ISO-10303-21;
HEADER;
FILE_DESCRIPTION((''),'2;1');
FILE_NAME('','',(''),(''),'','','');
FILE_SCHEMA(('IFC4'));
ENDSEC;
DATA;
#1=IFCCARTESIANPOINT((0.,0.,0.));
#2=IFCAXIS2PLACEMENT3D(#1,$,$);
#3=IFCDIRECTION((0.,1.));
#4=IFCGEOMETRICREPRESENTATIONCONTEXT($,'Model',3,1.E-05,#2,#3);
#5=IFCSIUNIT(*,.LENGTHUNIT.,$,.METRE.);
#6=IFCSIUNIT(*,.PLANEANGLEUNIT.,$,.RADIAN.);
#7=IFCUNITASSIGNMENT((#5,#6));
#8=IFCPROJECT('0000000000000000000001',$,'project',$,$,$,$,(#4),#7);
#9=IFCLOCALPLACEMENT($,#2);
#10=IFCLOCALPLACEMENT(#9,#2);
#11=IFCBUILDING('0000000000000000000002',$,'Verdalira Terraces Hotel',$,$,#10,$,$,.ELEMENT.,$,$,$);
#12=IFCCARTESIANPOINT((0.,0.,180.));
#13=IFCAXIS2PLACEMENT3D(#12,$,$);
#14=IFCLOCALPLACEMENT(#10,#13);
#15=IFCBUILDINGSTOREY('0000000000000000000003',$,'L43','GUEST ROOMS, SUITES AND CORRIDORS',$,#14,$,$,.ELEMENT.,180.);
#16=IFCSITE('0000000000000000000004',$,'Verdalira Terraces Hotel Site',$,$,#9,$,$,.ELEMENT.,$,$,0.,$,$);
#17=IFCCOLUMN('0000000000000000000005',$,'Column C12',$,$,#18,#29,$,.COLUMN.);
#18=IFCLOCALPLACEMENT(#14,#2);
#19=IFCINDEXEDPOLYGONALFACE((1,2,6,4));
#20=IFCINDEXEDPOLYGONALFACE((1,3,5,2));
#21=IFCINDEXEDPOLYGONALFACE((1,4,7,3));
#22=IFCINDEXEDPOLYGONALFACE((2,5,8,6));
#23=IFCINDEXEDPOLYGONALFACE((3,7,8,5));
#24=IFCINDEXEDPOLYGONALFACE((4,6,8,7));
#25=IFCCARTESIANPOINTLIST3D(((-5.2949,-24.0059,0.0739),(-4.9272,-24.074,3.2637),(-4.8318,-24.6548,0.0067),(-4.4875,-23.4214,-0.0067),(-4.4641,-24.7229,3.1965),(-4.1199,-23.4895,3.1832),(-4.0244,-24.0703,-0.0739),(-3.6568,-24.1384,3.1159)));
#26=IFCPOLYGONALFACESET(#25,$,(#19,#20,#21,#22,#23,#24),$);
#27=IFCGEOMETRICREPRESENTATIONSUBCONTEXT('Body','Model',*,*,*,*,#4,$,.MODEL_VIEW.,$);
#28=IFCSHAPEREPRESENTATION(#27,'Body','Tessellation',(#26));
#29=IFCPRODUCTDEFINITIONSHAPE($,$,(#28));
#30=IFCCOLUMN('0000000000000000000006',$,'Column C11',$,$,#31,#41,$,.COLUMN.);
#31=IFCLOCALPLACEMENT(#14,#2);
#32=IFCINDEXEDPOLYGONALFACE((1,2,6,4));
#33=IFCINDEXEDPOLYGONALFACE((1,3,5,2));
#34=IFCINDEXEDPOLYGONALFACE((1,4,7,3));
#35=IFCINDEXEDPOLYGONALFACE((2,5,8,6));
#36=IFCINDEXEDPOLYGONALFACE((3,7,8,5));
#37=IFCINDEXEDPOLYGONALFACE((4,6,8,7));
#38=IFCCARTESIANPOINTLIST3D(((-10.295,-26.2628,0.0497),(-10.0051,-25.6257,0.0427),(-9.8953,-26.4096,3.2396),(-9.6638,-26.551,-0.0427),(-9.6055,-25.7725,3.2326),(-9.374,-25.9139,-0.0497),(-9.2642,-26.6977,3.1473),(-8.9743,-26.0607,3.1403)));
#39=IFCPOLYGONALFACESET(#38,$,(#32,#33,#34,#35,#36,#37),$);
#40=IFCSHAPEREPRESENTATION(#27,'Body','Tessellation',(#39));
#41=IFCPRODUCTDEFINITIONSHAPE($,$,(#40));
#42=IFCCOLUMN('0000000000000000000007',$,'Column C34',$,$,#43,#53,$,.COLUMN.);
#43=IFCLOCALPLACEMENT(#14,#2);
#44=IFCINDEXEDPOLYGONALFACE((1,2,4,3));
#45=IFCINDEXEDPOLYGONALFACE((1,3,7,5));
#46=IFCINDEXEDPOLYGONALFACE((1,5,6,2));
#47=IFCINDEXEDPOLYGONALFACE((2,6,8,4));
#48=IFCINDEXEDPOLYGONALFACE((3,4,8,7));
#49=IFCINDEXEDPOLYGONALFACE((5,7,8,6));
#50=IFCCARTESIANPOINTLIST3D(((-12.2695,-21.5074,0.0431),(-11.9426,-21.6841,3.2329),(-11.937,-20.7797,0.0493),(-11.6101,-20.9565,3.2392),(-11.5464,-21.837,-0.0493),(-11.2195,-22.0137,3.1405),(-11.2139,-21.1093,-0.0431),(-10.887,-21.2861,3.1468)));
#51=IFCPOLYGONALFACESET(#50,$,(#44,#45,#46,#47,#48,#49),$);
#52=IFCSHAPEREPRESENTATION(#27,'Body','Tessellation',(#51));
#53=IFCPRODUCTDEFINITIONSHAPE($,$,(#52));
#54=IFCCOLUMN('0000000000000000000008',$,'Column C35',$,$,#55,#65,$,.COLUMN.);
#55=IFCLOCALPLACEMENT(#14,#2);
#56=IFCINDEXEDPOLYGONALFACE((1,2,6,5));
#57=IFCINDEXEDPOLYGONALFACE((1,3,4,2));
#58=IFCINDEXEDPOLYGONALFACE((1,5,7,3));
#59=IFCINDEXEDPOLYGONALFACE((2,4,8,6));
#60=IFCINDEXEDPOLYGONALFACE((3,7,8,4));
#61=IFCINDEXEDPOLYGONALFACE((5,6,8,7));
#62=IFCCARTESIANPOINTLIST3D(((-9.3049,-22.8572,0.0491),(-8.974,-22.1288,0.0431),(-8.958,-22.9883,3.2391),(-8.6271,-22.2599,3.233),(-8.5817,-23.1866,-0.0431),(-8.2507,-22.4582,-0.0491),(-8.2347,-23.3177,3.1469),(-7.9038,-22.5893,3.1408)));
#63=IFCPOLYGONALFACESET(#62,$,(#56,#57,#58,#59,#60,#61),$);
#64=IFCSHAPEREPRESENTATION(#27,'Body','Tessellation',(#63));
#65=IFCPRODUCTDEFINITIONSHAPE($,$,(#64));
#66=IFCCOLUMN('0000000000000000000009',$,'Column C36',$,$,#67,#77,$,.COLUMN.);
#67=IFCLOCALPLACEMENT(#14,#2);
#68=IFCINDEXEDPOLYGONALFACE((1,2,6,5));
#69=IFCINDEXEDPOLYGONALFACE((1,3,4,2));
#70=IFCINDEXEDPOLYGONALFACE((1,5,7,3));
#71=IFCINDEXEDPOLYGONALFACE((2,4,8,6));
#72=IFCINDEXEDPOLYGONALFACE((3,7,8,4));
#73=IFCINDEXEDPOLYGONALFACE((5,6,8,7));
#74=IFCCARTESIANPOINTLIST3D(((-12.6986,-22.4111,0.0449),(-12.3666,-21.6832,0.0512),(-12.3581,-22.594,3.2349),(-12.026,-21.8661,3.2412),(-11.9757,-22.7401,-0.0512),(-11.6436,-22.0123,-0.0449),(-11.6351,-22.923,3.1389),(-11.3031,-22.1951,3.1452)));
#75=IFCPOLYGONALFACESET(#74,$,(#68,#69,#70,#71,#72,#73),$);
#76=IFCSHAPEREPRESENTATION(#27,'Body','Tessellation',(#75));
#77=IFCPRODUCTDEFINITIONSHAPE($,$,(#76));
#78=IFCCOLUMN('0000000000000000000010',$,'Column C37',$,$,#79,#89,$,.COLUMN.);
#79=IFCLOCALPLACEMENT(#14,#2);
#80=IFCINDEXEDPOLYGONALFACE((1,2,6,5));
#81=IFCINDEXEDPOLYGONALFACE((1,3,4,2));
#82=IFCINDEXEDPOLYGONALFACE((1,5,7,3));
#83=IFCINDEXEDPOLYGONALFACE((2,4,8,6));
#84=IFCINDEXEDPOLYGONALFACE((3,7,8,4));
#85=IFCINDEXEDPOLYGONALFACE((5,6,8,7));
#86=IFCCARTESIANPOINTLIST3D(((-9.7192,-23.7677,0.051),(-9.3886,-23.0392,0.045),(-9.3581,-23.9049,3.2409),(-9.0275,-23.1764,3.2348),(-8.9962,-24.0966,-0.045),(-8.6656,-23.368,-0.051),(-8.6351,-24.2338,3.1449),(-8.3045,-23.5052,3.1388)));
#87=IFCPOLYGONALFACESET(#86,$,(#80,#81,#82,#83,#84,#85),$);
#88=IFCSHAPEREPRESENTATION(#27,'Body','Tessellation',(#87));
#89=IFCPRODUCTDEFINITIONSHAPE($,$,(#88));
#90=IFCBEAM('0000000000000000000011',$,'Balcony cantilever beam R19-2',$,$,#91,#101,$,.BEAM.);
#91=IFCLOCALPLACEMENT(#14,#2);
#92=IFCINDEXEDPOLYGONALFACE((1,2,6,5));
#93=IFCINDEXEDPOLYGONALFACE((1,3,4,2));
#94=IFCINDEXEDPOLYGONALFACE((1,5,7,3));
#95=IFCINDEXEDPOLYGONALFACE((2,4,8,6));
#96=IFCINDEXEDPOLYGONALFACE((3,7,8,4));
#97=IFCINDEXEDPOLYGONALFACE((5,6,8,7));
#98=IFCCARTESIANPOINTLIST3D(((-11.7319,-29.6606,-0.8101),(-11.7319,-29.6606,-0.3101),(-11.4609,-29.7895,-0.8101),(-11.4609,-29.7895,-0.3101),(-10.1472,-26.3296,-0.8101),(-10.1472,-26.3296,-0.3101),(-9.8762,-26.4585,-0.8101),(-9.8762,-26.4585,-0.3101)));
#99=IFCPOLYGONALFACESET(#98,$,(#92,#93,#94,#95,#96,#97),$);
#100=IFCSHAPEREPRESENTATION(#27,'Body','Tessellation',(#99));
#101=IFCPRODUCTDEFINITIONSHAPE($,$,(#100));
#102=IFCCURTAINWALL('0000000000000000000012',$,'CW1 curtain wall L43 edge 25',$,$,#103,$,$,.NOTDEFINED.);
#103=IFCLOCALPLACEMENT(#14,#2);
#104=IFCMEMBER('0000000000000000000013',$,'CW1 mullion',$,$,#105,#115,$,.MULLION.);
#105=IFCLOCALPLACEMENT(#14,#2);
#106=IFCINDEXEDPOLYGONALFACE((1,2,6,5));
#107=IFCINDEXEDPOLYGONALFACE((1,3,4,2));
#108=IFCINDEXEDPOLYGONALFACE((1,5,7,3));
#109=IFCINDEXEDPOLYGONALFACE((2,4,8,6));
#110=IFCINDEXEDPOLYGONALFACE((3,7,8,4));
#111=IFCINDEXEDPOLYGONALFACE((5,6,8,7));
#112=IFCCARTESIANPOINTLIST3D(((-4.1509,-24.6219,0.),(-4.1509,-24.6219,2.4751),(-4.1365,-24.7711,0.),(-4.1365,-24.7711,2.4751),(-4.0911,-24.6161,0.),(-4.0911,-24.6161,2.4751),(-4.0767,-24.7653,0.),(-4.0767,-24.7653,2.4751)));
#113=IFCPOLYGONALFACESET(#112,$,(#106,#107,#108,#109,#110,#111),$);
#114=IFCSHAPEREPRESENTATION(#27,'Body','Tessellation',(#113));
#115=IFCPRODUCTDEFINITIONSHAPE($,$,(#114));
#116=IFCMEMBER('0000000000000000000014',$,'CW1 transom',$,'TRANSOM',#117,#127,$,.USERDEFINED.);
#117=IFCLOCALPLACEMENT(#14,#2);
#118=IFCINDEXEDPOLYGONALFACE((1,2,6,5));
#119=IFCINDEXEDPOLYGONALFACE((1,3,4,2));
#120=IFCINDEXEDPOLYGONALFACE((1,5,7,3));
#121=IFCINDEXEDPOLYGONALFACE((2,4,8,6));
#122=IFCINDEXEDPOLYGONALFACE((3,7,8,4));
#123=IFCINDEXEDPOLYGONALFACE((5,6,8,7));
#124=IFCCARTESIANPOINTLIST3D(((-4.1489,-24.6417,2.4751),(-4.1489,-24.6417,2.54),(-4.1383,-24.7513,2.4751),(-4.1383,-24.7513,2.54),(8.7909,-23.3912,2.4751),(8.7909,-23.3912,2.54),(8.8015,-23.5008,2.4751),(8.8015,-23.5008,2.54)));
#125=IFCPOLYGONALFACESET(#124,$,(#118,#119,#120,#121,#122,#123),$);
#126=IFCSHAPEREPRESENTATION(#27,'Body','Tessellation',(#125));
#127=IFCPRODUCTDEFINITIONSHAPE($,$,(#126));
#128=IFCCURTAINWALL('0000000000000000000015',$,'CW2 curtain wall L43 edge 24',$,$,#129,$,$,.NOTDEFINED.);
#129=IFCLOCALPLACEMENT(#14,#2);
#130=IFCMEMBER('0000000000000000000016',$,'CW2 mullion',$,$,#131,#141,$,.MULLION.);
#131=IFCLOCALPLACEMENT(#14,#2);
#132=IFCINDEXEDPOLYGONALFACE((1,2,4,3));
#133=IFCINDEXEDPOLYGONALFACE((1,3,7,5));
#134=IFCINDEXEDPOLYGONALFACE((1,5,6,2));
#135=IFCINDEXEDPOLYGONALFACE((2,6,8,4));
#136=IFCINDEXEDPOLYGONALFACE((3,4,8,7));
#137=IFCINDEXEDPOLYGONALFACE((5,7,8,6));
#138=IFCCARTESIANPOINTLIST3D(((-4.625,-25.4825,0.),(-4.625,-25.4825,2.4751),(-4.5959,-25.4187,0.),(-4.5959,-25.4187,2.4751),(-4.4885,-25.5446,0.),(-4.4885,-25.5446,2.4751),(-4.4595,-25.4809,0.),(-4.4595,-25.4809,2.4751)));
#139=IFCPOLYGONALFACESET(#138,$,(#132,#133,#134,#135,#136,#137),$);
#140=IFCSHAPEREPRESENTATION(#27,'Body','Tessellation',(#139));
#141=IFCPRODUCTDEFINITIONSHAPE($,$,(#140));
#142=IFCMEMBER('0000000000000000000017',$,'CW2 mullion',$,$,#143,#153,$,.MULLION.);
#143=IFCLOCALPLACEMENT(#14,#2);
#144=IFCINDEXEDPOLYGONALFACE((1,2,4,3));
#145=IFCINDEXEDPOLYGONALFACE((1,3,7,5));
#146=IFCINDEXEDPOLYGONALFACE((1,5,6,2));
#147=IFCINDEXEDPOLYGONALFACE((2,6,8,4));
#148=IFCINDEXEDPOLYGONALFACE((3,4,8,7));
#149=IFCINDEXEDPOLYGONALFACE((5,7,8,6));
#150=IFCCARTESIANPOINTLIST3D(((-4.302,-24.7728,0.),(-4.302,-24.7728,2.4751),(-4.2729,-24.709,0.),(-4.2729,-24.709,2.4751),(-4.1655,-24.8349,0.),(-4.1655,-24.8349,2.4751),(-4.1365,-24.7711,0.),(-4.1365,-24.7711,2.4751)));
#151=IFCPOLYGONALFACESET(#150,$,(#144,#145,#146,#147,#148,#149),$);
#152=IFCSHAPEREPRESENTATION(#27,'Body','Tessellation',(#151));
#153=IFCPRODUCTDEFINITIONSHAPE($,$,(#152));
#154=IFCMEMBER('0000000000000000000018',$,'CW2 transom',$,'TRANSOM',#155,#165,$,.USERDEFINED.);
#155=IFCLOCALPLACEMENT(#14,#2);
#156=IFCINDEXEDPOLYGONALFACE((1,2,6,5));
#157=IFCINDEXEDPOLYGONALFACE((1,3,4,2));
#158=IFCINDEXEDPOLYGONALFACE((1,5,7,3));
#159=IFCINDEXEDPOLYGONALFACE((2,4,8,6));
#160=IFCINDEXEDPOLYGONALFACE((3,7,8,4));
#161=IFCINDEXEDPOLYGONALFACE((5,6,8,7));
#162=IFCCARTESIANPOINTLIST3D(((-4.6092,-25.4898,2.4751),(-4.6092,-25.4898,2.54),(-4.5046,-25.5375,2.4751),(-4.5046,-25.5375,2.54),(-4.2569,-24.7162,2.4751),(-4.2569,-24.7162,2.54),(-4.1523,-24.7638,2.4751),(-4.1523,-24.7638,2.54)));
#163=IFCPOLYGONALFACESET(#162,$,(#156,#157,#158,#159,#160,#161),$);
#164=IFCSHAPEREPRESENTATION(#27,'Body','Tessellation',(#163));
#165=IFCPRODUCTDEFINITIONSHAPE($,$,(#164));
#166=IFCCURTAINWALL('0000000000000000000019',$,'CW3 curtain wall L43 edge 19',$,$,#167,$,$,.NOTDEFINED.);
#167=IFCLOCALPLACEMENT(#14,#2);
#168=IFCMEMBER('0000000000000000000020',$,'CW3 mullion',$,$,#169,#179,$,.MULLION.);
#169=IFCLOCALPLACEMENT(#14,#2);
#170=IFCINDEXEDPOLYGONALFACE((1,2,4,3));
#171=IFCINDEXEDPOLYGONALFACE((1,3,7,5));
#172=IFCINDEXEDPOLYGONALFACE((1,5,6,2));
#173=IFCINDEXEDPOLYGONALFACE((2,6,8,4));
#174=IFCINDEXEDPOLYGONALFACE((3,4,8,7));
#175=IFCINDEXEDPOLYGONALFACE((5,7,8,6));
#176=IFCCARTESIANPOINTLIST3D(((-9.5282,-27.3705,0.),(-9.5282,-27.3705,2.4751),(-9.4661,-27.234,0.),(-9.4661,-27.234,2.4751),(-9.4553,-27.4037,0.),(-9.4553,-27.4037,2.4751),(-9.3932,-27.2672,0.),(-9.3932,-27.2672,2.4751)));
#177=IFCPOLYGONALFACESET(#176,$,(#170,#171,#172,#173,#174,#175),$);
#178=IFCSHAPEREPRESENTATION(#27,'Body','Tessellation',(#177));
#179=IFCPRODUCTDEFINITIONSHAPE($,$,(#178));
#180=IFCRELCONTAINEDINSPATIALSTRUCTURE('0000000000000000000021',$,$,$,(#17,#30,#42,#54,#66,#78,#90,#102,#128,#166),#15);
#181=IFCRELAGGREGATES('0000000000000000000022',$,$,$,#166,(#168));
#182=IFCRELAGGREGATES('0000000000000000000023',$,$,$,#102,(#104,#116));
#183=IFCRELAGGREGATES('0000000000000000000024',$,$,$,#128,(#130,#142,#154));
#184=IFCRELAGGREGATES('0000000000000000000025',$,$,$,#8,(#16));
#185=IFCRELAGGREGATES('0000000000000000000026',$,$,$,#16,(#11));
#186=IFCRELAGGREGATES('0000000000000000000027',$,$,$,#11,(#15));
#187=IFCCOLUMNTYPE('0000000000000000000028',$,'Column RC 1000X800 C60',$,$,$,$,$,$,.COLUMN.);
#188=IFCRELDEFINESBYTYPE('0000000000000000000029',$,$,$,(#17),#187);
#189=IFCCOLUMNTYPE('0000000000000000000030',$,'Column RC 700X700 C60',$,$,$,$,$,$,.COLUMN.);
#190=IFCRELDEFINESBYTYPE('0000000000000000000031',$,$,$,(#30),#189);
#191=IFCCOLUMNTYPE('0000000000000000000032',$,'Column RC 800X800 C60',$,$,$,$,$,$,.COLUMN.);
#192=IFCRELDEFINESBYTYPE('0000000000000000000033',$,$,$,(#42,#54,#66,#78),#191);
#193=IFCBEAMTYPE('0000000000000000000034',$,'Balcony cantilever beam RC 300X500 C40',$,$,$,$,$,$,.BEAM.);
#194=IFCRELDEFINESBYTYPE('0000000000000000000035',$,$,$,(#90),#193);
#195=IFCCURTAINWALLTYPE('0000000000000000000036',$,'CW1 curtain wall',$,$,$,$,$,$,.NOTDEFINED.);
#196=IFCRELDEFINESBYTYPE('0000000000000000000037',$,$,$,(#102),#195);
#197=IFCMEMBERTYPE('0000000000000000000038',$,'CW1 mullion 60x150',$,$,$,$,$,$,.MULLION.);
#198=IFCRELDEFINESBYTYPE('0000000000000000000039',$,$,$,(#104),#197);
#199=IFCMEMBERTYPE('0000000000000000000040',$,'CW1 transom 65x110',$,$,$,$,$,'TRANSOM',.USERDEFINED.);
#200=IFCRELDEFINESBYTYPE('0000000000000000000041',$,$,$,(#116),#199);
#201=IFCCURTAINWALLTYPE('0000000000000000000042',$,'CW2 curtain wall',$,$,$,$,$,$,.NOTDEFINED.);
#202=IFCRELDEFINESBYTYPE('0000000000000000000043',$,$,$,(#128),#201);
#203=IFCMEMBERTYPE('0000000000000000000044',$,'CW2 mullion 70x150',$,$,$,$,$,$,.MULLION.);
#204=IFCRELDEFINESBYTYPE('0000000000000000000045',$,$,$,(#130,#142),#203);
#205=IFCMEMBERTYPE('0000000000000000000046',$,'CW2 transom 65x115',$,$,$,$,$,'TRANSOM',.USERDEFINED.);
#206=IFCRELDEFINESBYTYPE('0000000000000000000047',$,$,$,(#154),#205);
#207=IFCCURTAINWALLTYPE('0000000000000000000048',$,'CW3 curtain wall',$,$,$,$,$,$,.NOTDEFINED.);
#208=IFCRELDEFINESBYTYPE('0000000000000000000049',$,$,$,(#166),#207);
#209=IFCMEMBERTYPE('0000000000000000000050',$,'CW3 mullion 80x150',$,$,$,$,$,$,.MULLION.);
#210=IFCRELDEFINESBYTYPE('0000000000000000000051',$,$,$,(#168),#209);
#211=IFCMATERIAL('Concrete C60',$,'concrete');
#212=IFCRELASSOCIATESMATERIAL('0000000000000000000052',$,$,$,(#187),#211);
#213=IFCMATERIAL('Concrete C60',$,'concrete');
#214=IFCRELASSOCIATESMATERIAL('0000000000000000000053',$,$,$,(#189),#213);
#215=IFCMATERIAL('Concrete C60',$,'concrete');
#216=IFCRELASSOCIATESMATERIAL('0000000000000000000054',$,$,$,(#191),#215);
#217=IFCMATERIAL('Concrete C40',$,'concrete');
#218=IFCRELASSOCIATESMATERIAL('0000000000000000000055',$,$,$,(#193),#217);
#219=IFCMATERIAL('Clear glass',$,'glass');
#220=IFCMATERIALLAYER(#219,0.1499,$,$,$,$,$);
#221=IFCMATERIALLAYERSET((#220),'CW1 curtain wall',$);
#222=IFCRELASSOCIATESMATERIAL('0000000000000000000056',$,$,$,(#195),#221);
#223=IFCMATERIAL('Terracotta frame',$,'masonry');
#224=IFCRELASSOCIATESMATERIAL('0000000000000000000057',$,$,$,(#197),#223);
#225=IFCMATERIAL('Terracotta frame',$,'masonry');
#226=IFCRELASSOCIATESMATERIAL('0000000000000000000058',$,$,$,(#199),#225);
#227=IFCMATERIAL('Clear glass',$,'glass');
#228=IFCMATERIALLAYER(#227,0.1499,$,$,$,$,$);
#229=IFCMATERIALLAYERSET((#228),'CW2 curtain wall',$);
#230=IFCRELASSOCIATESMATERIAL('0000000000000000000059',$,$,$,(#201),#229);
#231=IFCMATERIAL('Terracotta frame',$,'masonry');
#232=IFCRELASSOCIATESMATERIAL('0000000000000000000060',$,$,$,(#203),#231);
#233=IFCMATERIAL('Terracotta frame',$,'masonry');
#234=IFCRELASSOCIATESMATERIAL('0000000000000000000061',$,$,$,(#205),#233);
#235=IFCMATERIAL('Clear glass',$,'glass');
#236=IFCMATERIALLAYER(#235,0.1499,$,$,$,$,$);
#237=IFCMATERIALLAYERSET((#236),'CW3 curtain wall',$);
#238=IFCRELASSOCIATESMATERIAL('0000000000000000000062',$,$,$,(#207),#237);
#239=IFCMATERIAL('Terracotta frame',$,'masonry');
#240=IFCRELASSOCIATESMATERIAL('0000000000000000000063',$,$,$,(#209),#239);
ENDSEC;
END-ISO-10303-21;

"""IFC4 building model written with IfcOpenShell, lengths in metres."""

from ifc_helpers import new_model, si_unit, direction, frame, origin, origin_2d, place, context, subcontext, project, spatial, rectangle, extrude, material, layer, layer_set, material_profile, profile_set, type_object, element, aggregate, save


model = new_model("IFC4")

# Units and contexts
model_context = context("Model", 3, precision=1e-05, world=origin(), true_north=direction((0.0, 1.0)))
body_context = subcontext(model_context, "Body", "Model", "MODEL_VIEW")
ifc_project = project(units=[si_unit("LENGTHUNIT", "METRE"), si_unit("PLANEANGLEUNIT", "RADIAN")], contexts=[model_context])

# Site, building, storey
site_placement = place(None, origin())
site = spatial("IfcSite", under=ifc_project, at=site_placement, Name="Verdalira Terraces Hotel Site", CompositionType="ELEMENT", RefElevation=0.0)
building_placement = place(site_placement, origin())
building = spatial("IfcBuilding", under=site, at=building_placement, Name="Verdalira Terraces Hotel", CompositionType="ELEMENT")
storey_placement = place(building_placement, frame((0.0, 0.0, 180.0)))
storey = spatial("IfcBuildingStorey", under=building, at=storey_placement, Name="L43", Description="GUEST ROOMS, SUITES AND CORRIDORS", CompositionType="ELEMENT", Elevation=180.0)

# Columns
ifc_material_1 = material(Name="Concrete C60", Category="concrete")
ifc_material_profile_1 = material_profile(ifc_material_1, rectangle(XDim=1.0, YDim=0.8, at=origin_2d()), Name="RC 1000X800")
ifc_profile_set_1 = profile_set([ifc_material_profile_1], Name="Concrete C60")
column_type_1 = type_object("IfcColumnType", Name="Column RC 1000X800 C60", PredefinedType="COLUMN", material=ifc_profile_set_1)
column_1_placement = place(storey_placement, frame((-4.6597, -24.0381, 0.0), z_axis=(0.114477, -0.021208, 0.993199), x_axis=(-0.807353, -0.584542, 0.080574)))
element("IfcColumn", 1, at=column_1_placement, inside=storey, type_object=column_type_1, Name="Column C12", PredefinedType="COLUMN", context=body_context, shape_type="SweptSolid", body=[
    extrude(rectangle(XDim=1.0, YDim=0.8, at=origin_2d()), origin(), (0.0, 0.0, 1.0), 3.2117),
])
ifc_material_2 = material(Name="Concrete C60", Category="concrete")
ifc_material_profile_2 = material_profile(ifc_material_2, rectangle(XDim=0.7, YDim=0.7, at=origin_2d()), Name="RC 700X700")
ifc_profile_set_2 = profile_set([ifc_material_profile_2], Name="Concrete C60")
column_type_2 = type_object("IfcColumnType", Name="Column RC 700X700 C60", PredefinedType="COLUMN", material=ifc_profile_set_2)
column_2_placement = place(storey_placement, frame((-9.8345, -26.0884, 0.0), z_axis=(0.124186, -0.045593, 0.991211), x_axis=(0.901711, -0.411725, -0.131911)))
element("IfcColumn", 2, at=column_2_placement, inside=storey, type_object=column_type_2, Name="Column C11", PredefinedType="COLUMN", context=body_context, shape_type="SweptSolid", body=[
    extrude(rectangle(XDim=0.7, YDim=0.7, at=origin_2d()), origin(), (0.0, 0.0, 1.0), 3.2183),
])
ifc_material_3 = material(Name="Concrete C60", Category="concrete")
ifc_material_profile_3 = material_profile(ifc_material_3, rectangle(XDim=0.8, YDim=0.8, at=origin_2d()), Name="RC 800X800")
ifc_profile_set_3 = profile_set([ifc_material_profile_3], Name="Concrete C60")
column_type_3 = type_object("IfcColumnType", Name="Column RC 800X800 C60", PredefinedType="COLUMN", material=ifc_profile_set_3)
for number, where, z_axis, x_axis, name in (
    (3, (-11.7417, -21.3084, 0.0), (0.101791, -0.055039, 0.993282), (-0.41557, -0.909528, -0.00781), "Column C34"),
    (4, (-8.7778, -22.6577, 0.0), (0.108028, -0.040824, 0.993309), (-0.413639, -0.91041, 0.007569), "Column C35"),
):
    element("IfcColumn", number, at=place(storey_placement, frame(where, z_axis=z_axis, x_axis=x_axis)), inside=storey, type_object=column_type_3, Name=name, PredefinedType="COLUMN", context=body_context, shape_type="SweptSolid", body=[
        extrude(rectangle(XDim=0.8, YDim=0.8, at=origin_2d()), origin(), (0.0, 0.0, 1.0), 3.2114),
    ])
column_3_placement = place(storey_placement, frame((-12.1711, -22.2117, 0.0), z_axis=(0.10599, -0.056908, 0.992737), x_axis=(-0.415079, -0.909752, -0.007835)))
element("IfcColumn", 5, at=column_3_placement, inside=storey, type_object=column_type_3, Name="Column C36", PredefinedType="COLUMN", context=body_context, shape_type="SweptSolid", body=[
    extrude(rectangle(XDim=0.8, YDim=0.8, at=origin_2d()), origin(), (0.0, 0.0, 1.0), 3.2134),
])
column_4_placement = place(storey_placement, frame((-9.1924, -23.5679, 0.0), z_axis=(0.112374, -0.0427, 0.992748), x_axis=(-0.413188, -0.910614, 0.007603)))
element("IfcColumn", 6, at=column_4_placement, inside=storey, type_object=column_type_3, Name="Column C37", PredefinedType="COLUMN", context=body_context, shape_type="SweptSolid", body=[
    extrude(rectangle(XDim=0.8, YDim=0.8, at=origin_2d()), origin(), (0.0, 0.0, 1.0), 3.2131),
])

# Beam
ifc_material_4 = material(Name="Concrete C40", Category="concrete")
ifc_material_profile_4 = material_profile(ifc_material_4, rectangle(XDim=0.3, YDim=0.5, at=origin_2d()), Name="RC 300X500")
ifc_profile_set_4 = profile_set([ifc_material_profile_4], Name="Concrete C40")
beam_type_1 = type_object("IfcBeamType", Name="Balcony cantilever beam RC 300X500 C40", PredefinedType="BEAM", material=ifc_profile_set_4)
beam_1_placement = place(storey_placement, frame((-10.0117, -26.394, -0.5601), z_axis=(-0.429602, -0.903018, 0.0), x_axis=(0.903018, -0.429602, 0.0)))
element("IfcBeam", 7, at=beam_1_placement, inside=storey, type_object=beam_type_1, Name="Balcony cantilever beam R19-2", PredefinedType="BEAM", context=body_context, shape_type="SweptSolid", body=[
    extrude(rectangle(XDim=0.3, YDim=0.5, at=origin_2d()), origin(), (0.0, 0.0, 1.0), 3.6887),
])

# Curtain walls, members
ifc_material_5 = material(Name="Clear glass", Category="glass")
ifc_layer_1 = layer(ifc_material_5, 0.1499)
ifc_layer_set_1 = layer_set([ifc_layer_1], Name="CW1 curtain wall")
curtain_wall_type_1 = type_object("IfcCurtainWallType", Name="CW1 curtain wall", PredefinedType="NOTDEFINED", material=ifc_layer_set_1)
curtain_wall_1_placement = place(storey_placement, origin())
curtain_wall_1 = element("IfcCurtainWall", 8, at=curtain_wall_1_placement, inside=storey, type_object=curtain_wall_type_1, Name="CW1 curtain wall L43 edge 25", PredefinedType="NOTDEFINED")
ifc_material_6 = material(Name="Terracotta frame", Category="masonry")
ifc_material_profile_5 = material_profile(ifc_material_6, rectangle(XDim=0.0601, YDim=0.1499, at=origin_2d()), Name="MU 60x150")
ifc_profile_set_5 = profile_set([ifc_material_profile_5], Name="Terracotta frame")
member_type_1 = type_object("IfcMemberType", Name="CW1 mullion 60x150", PredefinedType="MULLION", material=ifc_profile_set_5)
member_1_placement = place(storey_placement, frame((-4.1138, -24.6936, 0.0), z_axis=(0.0, 0.0, 1.0), x_axis=(0.995363, 0.096193, 0.0)))
member_1 = element("IfcMember", 9, at=member_1_placement, type_object=member_type_1, Name="CW1 mullion", PredefinedType="MULLION", context=body_context, shape_type="SweptSolid", body=[
    extrude(rectangle(XDim=0.0601, YDim=0.1499, at=origin_2d()), origin(), (0.0, 0.0, 1.0), 2.4751),
])
ifc_material_7 = material(Name="Terracotta frame", Category="masonry")
ifc_material_profile_6 = material_profile(ifc_material_7, rectangle(XDim=0.1101, YDim=0.0649, at=origin_2d()), Name="TR 65x110")
ifc_profile_set_6 = profile_set([ifc_material_profile_6], Name="Terracotta frame")
member_type_2 = type_object("IfcMemberType", Name="CW1 transom 65x110", ElementType="TRANSOM", PredefinedType="USERDEFINED", material=ifc_profile_set_6)
member_2_placement = place(storey_placement, frame((-4.1436, -24.6965, 2.5076), z_axis=(0.995363, 0.096192, 0.0), x_axis=(-0.096192, 0.995363, 0.0)))
member_2 = element("IfcMember", 10, at=member_2_placement, type_object=member_type_2, Name="CW1 transom", ObjectType="TRANSOM", PredefinedType="USERDEFINED", context=body_context, shape_type="SweptSolid", body=[
    extrude(rectangle(XDim=0.1101, YDim=0.0649, at=origin_2d()), origin(), (0.0, 0.0, 1.0), 13.0),
])
ifc_material_8 = material(Name="Clear glass", Category="glass")
ifc_layer_2 = layer(ifc_material_8, 0.1499)
ifc_layer_set_2 = layer_set([ifc_layer_2], Name="CW2 curtain wall")
curtain_wall_type_2 = type_object("IfcCurtainWallType", Name="CW2 curtain wall", PredefinedType="NOTDEFINED", material=ifc_layer_set_2)
curtain_wall_2_placement = place(storey_placement, origin())
curtain_wall_2 = element("IfcCurtainWall", 11, at=curtain_wall_2_placement, inside=storey, type_object=curtain_wall_type_2, Name="CW2 curtain wall L43 edge 24", PredefinedType="NOTDEFINED")
ifc_material_9 = material(Name="Terracotta frame", Category="masonry")
ifc_material_profile_7 = material_profile(ifc_material_9, rectangle(XDim=0.0701, YDim=0.1499, at=origin_2d()), Name="MU 70x150")
ifc_profile_set_7 = profile_set([ifc_material_profile_7], Name="Terracotta frame")
member_type_3 = type_object("IfcMemberType", Name="CW2 mullion 70x150", PredefinedType="MULLION", material=ifc_profile_set_7)
member_3_placement = place(storey_placement, frame((-4.5422, -25.4817, 0.0), z_axis=(0.0, 0.0, 1.0), x_axis=(0.414376, 0.910106, 0.0)))
member_3 = element("IfcMember", 12, at=member_3_placement, type_object=member_type_3, Name="CW2 mullion", PredefinedType="MULLION", context=body_context, shape_type="SweptSolid", body=[
    extrude(rectangle(XDim=0.0701, YDim=0.1499, at=origin_2d()), origin(), (0.0, 0.0, 1.0), 2.4751),
])
member_4_placement = place(storey_placement, frame((-4.2192, -24.772, 0.0), z_axis=(0.0, 0.0, 1.0), x_axis=(0.414376, 0.910106, 0.0)))
member_4 = element("IfcMember", 13, at=member_4_placement, type_object=member_type_3, Name="CW2 mullion", PredefinedType="MULLION", context=body_context, shape_type="SweptSolid", body=[
    extrude(rectangle(XDim=0.0701, YDim=0.1499, at=origin_2d()), origin(), (0.0, 0.0, 1.0), 2.4751),
])
ifc_material_10 = material(Name="Terracotta frame", Category="masonry")
ifc_material_profile_8 = material_profile(ifc_material_10, rectangle(XDim=0.115, YDim=0.0649, at=origin_2d()), Name="TR 65x115")
ifc_profile_set_8 = profile_set([ifc_material_profile_8], Name="Terracotta frame")
member_type_4 = type_object("IfcMemberType", Name="CW2 transom 65x115", ElementType="TRANSOM", PredefinedType="USERDEFINED", material=ifc_profile_set_8)
member_5_placement = place(storey_placement, frame((-4.5569, -25.5137, 2.5076), z_axis=(0.414409, 0.910091, 0.0), x_axis=(-0.910091, 0.414409, 0.0)))
member_5 = element("IfcMember", 14, at=member_5_placement, type_object=member_type_4, Name="CW2 transom", ObjectType="TRANSOM", PredefinedType="USERDEFINED", context=body_context, shape_type="SweptSolid", body=[
    extrude(rectangle(XDim=0.115, YDim=0.0649, at=origin_2d()), origin(), (0.0, 0.0, 1.0), 0.8501),
])

# Curtain wall, member
ifc_material_11 = material(Name="Clear glass", Category="glass")
ifc_layer_3 = layer(ifc_material_11, 0.1499)
ifc_layer_set_3 = layer_set([ifc_layer_3], Name="CW3 curtain wall")
curtain_wall_type_3 = type_object("IfcCurtainWallType", Name="CW3 curtain wall", PredefinedType="NOTDEFINED", material=ifc_layer_set_3)
curtain_wall_3_placement = place(storey_placement, origin())
curtain_wall_3 = element("IfcCurtainWall", 15, at=curtain_wall_3_placement, inside=storey, type_object=curtain_wall_type_3, Name="CW3 curtain wall L43 edge 19", PredefinedType="NOTDEFINED")
ifc_material_12 = material(Name="Terracotta frame", Category="masonry")
ifc_material_profile_9 = material_profile(ifc_material_12, rectangle(XDim=0.0801, YDim=0.1499, at=origin_2d()), Name="MU 80x150")
ifc_profile_set_9 = profile_set([ifc_material_profile_9], Name="Terracotta frame")
member_type_5 = type_object("IfcMemberType", Name="CW3 mullion 80x150", PredefinedType="MULLION", material=ifc_profile_set_9)
member_6_placement = place(storey_placement, frame((-9.4607, -27.3188, 0.0), z_axis=(0.0, 0.0, 1.0), x_axis=(0.910106, -0.414376, 0.0)))
member_6 = element("IfcMember", 16, at=member_6_placement, type_object=member_type_5, Name="CW3 mullion", PredefinedType="MULLION", context=body_context, shape_type="SweptSolid", body=[
    extrude(rectangle(XDim=0.0801, YDim=0.1499, at=origin_2d()), origin(), (0.0, 0.0, 1.0), 2.4751),
])
aggregate(curtain_wall_3, [member_6])

aggregate(curtain_wall_1, [member_1, member_2])
aggregate(curtain_wall_2, [member_3, member_4, member_5])

save(model, "model.ifc")
